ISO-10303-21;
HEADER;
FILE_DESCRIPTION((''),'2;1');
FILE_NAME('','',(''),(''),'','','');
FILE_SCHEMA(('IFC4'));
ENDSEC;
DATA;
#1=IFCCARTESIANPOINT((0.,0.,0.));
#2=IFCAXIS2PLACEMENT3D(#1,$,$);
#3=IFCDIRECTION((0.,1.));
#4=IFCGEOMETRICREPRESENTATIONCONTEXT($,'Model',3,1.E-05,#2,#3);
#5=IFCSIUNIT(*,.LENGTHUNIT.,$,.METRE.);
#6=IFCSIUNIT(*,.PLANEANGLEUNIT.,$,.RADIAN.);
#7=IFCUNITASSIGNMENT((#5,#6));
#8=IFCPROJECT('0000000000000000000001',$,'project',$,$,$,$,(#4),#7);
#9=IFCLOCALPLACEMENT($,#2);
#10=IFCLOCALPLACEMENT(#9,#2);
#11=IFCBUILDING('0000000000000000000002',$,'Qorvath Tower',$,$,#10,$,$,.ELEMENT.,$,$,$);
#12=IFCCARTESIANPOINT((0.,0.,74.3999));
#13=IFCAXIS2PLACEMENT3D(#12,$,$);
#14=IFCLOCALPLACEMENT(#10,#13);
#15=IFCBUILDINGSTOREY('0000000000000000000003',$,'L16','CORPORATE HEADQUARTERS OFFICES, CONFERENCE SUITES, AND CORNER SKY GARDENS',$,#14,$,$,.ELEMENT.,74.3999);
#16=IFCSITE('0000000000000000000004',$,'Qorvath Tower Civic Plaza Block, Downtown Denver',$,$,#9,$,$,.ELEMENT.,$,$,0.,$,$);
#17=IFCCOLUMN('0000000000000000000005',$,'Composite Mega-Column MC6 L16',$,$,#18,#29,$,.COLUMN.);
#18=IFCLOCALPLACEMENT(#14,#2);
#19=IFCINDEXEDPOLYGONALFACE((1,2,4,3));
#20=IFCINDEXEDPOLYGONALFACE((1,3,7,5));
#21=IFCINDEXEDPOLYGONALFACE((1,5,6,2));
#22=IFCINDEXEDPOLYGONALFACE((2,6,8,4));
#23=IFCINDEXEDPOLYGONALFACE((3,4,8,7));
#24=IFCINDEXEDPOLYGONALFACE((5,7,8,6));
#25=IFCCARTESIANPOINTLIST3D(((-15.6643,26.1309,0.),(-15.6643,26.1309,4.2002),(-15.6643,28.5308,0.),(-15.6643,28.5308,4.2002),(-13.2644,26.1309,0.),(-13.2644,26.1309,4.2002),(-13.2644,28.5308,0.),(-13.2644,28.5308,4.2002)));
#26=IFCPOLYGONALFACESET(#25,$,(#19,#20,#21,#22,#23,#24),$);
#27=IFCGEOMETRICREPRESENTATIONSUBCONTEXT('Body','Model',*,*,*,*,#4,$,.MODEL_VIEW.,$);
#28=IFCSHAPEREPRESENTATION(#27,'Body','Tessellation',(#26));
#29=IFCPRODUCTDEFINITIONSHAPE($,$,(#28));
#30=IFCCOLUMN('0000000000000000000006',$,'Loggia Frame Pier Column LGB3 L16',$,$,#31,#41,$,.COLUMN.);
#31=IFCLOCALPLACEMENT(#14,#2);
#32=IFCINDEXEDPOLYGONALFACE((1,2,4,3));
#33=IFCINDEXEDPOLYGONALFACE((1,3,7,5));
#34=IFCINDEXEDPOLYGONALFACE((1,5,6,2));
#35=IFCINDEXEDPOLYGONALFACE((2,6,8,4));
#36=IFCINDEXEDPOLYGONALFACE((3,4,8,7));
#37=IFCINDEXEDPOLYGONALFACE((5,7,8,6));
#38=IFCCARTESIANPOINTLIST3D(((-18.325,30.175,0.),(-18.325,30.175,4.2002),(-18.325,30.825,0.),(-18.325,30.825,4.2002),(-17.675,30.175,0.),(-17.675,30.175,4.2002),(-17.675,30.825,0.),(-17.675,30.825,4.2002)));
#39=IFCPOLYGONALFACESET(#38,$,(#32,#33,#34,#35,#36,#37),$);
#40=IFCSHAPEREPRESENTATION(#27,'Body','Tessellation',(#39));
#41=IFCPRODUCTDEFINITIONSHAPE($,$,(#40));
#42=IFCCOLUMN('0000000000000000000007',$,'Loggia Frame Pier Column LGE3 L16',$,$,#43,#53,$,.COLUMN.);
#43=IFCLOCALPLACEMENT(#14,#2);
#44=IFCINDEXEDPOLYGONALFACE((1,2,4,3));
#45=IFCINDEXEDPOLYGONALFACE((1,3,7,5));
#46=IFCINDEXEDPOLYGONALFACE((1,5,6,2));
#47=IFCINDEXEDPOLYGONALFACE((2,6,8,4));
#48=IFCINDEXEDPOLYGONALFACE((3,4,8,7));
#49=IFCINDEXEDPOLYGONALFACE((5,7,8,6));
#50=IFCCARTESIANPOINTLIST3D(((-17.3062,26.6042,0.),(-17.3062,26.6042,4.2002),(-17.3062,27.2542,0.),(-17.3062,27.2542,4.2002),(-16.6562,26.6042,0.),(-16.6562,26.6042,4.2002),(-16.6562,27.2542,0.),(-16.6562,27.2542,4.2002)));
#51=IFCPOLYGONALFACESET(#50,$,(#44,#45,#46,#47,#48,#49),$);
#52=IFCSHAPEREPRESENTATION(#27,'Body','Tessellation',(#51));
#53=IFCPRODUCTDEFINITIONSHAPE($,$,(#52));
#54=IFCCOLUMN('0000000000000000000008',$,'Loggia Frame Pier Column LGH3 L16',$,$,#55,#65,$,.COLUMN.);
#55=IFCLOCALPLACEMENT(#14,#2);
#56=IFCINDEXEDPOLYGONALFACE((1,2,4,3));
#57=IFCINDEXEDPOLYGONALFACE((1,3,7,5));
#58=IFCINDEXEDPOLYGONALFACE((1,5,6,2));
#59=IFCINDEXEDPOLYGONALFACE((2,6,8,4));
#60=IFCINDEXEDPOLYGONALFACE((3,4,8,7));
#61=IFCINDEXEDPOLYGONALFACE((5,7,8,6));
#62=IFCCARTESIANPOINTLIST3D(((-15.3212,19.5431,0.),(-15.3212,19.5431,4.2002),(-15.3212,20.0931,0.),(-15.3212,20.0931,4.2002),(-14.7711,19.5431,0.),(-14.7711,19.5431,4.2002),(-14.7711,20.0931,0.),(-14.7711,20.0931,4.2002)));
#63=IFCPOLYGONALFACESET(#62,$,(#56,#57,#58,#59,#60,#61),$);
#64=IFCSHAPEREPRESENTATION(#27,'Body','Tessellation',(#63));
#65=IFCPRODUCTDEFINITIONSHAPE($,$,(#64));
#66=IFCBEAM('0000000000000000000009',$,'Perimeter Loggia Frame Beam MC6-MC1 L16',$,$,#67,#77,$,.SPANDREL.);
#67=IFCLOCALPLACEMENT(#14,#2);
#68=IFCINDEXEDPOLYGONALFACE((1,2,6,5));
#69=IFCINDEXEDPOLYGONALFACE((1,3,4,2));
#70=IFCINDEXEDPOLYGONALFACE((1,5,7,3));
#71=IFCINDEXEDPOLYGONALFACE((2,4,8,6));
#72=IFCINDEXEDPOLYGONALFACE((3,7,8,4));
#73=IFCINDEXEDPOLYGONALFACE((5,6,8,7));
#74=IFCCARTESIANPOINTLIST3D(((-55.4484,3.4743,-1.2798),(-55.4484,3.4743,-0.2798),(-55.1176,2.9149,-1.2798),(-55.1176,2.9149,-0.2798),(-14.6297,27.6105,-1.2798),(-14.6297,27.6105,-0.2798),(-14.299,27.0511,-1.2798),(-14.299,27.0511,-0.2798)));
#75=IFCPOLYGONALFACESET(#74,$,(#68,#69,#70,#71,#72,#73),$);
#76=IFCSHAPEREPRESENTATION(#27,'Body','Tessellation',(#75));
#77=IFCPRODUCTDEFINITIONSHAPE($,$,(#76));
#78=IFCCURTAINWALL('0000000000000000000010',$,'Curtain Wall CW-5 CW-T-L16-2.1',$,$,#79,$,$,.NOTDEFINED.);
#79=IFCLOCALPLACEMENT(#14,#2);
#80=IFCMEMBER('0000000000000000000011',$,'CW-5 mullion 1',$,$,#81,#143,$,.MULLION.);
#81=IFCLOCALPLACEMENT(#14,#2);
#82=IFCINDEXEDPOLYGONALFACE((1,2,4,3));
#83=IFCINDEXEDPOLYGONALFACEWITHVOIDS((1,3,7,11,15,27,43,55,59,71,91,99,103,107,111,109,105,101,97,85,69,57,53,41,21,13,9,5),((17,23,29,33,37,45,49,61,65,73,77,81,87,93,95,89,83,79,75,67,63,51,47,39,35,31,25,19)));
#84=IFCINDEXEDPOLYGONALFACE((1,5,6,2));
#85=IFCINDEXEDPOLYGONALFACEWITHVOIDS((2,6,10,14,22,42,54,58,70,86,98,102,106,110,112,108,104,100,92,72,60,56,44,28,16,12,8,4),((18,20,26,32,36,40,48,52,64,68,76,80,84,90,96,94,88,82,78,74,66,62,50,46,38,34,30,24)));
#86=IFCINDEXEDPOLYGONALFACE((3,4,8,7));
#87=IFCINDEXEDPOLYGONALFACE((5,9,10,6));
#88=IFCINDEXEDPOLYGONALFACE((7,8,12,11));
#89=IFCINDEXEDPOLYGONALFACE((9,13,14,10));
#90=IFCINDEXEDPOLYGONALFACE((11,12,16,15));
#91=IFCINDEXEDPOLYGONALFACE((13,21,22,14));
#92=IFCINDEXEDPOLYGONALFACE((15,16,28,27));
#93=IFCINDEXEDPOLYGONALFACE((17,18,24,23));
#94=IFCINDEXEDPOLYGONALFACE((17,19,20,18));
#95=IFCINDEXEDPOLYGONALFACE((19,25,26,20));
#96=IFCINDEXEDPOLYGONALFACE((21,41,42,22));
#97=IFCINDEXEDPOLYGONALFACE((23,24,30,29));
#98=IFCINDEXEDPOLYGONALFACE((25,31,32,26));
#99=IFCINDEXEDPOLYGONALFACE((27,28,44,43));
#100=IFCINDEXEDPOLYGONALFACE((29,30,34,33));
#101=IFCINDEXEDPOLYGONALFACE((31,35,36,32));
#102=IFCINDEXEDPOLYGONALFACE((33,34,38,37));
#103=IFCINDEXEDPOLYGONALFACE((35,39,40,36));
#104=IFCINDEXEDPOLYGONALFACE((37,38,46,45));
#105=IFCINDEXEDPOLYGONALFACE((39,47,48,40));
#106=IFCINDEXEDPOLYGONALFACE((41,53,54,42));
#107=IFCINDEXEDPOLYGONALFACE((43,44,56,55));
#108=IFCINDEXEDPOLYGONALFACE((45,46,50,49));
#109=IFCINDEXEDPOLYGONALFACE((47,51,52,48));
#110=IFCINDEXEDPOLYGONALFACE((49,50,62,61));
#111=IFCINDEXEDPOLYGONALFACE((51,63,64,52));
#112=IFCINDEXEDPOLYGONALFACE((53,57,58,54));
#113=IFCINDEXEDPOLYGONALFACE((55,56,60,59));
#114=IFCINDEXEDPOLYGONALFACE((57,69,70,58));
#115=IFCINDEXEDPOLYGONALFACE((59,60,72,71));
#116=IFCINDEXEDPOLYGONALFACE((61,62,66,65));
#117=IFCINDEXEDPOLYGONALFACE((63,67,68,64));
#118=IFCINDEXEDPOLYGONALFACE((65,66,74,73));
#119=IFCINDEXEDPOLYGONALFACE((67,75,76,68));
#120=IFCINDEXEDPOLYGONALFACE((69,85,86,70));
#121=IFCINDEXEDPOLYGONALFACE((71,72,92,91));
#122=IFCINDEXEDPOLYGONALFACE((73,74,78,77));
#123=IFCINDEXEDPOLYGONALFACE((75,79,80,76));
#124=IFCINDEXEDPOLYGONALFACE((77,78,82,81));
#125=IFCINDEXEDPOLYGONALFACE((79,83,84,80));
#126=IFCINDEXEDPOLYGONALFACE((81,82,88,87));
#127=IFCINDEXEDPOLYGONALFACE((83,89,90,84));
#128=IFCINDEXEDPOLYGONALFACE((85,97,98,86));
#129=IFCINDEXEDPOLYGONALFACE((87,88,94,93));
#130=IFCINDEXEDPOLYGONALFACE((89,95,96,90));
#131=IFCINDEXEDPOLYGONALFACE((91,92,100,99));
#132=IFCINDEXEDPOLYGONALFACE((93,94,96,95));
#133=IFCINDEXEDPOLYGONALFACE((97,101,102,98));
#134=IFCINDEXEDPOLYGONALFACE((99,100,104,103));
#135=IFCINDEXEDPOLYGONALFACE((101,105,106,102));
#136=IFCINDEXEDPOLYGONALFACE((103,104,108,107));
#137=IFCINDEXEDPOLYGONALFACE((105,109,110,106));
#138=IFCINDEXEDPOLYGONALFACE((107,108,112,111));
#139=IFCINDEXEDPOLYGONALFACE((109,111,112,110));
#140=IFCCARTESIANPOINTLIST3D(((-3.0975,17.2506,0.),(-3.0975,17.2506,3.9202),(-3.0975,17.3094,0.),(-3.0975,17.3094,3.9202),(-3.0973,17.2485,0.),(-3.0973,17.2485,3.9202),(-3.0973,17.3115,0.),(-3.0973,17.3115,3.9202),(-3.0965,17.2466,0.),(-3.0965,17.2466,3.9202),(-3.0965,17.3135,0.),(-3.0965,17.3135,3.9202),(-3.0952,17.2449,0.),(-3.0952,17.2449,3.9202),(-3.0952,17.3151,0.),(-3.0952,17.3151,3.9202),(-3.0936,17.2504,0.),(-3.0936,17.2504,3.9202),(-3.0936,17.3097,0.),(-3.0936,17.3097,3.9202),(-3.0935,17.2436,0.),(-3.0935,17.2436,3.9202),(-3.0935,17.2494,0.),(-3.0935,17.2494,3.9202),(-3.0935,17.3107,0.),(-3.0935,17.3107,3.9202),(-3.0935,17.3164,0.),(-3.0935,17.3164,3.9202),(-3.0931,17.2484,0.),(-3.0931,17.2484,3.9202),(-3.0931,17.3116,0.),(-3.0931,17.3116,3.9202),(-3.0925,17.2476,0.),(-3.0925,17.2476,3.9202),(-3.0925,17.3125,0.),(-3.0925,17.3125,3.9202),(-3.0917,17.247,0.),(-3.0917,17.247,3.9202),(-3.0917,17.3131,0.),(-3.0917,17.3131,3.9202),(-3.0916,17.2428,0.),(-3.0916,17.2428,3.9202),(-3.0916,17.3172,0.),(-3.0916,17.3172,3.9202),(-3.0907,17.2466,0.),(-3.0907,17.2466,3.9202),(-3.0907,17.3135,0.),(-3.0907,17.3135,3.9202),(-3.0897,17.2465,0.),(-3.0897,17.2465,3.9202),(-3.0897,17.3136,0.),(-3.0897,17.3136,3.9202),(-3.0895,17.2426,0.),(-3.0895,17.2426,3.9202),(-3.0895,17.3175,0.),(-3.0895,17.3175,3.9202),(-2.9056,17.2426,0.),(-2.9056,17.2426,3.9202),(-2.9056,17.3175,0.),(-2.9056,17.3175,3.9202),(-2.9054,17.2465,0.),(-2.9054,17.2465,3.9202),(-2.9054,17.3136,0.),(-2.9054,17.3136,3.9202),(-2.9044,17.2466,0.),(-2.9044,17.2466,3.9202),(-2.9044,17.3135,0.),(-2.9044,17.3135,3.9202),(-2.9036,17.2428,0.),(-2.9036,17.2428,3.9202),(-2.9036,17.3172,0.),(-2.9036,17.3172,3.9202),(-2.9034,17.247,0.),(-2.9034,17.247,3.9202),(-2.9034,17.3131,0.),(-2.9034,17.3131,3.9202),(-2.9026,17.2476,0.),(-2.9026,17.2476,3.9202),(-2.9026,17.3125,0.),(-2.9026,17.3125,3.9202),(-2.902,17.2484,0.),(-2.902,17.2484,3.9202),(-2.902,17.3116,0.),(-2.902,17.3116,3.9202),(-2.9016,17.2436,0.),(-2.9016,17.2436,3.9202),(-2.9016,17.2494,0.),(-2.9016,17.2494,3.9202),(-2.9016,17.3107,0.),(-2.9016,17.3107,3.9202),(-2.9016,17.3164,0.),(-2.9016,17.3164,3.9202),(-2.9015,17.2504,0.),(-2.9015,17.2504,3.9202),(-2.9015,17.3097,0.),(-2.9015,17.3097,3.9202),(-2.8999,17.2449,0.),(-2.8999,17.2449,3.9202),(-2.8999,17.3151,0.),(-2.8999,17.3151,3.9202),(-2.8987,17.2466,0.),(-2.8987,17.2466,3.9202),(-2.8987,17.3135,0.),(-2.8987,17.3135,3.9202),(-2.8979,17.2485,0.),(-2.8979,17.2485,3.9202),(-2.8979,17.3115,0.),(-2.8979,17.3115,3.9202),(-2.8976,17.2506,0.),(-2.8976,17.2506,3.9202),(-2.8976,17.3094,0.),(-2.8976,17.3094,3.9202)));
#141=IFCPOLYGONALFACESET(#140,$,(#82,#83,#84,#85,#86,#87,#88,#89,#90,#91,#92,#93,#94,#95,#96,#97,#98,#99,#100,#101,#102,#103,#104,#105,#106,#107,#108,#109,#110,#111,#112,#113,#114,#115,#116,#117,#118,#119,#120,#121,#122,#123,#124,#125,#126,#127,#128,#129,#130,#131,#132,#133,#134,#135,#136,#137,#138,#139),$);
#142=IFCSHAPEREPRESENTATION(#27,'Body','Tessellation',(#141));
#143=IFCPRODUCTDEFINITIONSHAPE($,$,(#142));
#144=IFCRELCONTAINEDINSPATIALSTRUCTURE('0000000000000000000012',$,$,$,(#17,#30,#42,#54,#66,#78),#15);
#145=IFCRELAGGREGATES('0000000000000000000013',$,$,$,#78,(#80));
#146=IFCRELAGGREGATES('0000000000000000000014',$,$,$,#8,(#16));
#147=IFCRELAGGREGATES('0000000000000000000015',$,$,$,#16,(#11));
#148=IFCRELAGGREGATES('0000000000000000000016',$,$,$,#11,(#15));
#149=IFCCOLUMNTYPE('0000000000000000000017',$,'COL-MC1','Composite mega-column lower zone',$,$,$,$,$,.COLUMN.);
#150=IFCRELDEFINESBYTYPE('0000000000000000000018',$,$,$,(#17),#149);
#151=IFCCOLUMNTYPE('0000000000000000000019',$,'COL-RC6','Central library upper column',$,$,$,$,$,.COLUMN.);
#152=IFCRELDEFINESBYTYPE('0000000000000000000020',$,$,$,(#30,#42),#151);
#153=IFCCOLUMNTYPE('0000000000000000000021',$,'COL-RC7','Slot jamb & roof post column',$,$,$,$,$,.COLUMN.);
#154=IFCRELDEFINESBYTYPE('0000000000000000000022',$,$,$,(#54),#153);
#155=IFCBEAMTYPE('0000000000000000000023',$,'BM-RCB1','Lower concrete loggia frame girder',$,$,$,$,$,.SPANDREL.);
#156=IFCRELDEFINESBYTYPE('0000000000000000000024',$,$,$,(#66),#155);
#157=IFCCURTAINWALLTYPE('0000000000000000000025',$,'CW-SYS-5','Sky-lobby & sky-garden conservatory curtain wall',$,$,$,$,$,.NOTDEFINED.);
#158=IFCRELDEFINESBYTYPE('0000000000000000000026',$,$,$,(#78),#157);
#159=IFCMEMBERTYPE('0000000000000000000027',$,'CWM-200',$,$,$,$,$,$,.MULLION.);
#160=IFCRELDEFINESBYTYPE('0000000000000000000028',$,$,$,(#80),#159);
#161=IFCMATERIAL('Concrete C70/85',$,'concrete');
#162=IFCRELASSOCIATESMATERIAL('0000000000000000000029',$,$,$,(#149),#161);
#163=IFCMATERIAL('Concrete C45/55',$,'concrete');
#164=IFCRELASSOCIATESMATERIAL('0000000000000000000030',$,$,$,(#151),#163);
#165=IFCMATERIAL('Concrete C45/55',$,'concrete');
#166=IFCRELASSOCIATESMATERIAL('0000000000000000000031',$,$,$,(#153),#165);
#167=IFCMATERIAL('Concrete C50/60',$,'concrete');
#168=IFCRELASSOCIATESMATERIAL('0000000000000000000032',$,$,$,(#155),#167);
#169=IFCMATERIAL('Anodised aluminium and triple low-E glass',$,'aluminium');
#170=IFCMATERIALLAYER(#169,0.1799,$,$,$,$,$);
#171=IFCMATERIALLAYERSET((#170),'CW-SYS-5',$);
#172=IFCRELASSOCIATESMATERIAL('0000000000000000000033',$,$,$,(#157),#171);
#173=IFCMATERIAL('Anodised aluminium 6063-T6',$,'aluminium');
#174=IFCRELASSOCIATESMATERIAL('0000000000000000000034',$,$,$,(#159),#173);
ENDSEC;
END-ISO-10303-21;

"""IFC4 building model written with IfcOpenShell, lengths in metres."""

from ifc_helpers import new_model, si_unit, direction, frame, origin, origin_2d, place, context, subcontext, project, spatial, rectangle, hollow_rectangle, extrude, material, layer, layer_set, material_profile, profile_set, type_object, element, aggregate, save


model = new_model("IFC4")

# Units and contexts
model_context = context("Model", 3, precision=1e-05, world=origin(), true_north=direction((0.0, 1.0)))
body_context = subcontext(model_context, "Body", "Model", "MODEL_VIEW")
ifc_project = project(units=[si_unit("LENGTHUNIT", "METRE"), si_unit("PLANEANGLEUNIT", "RADIAN")], contexts=[model_context])

# Site, building, storey
site_placement = place(None, origin())
site = spatial("IfcSite", under=ifc_project, at=site_placement, Name="Qorvath Tower Civic Plaza Block, Downtown Denver", CompositionType="ELEMENT", RefElevation=0.0)
building_placement = place(site_placement, origin())
building = spatial("IfcBuilding", under=site, at=building_placement, Name="Qorvath Tower", CompositionType="ELEMENT")
storey_placement = place(building_placement, frame((0.0, 0.0, 74.3999)))
storey = spatial("IfcBuildingStorey", under=building, at=storey_placement, Name="L16", Description="CORPORATE HEADQUARTERS OFFICES, CONFERENCE SUITES, AND CORNER SKY GARDENS", CompositionType="ELEMENT", Elevation=74.3999)

# Columns
ifc_material_1 = material(Name="Concrete C70/85", Category="concrete")
ifc_material_profile_1 = material_profile(ifc_material_1, rectangle(XDim=2.3999, YDim=2.3999, at=origin_2d()), Name="MC 2400x2400")
ifc_profile_set_1 = profile_set([ifc_material_profile_1], Name="Concrete C70/85")
column_type_1 = type_object("IfcColumnType", Name="COL-MC1", Description="Composite mega-column lower zone", PredefinedType="COLUMN", material=ifc_profile_set_1)
column_1_placement = place(storey_placement, frame((-14.4644, 27.3308, 0.0), z_axis=(0.0, 0.0, 1.0), x_axis=(1.0, 0.0, 0.0)))
element("IfcColumn", 1, at=column_1_placement, inside=storey, type_object=column_type_1, Name="Composite Mega-Column MC6 L16", PredefinedType="COLUMN", context=body_context, shape_type="SweptSolid", body=[
    extrude(rectangle(XDim=2.3999, YDim=2.3999, at=origin_2d()), origin(), (0.0, 0.0, 1.0), 4.2002),
])
ifc_material_2 = material(Name="Concrete C45/55", Category="concrete")
ifc_material_profile_2 = material_profile(ifc_material_2, rectangle(XDim=0.6499, YDim=0.6499, at=origin_2d()), Name="RC 650x650")
ifc_profile_set_2 = profile_set([ifc_material_profile_2], Name="Concrete C45/55")
column_type_2 = type_object("IfcColumnType", Name="COL-RC6", Description="Central library upper column", PredefinedType="COLUMN", material=ifc_profile_set_2)
for number, where, z_axis, x_axis, name in (
    (2, (-18.0, 30.5, 0.0), (0.0, 0.0, 1.0), (1.0, 0.0, 0.0), "Loggia Frame Pier Column LGB3 L16"),
    (3, (-16.9812, 26.9292, 0.0), (0.0, 0.0, 1.0), (1.0, 0.0, 0.0), "Loggia Frame Pier Column LGE3 L16"),
):
    element("IfcColumn", number, at=place(storey_placement, frame(where, z_axis=z_axis, x_axis=x_axis)), inside=storey, type_object=column_type_2, Name=name, PredefinedType="COLUMN", context=body_context, shape_type="SweptSolid", body=[
        extrude(rectangle(XDim=0.6499, YDim=0.6499, at=origin_2d()), origin(), (0.0, 0.0, 1.0), 4.2002),
    ])
ifc_material_3 = material(Name="Concrete C45/55", Category="concrete")
ifc_material_profile_3 = material_profile(ifc_material_3, rectangle(XDim=0.55, YDim=0.55, at=origin_2d()), Name="RC 550x550")
ifc_profile_set_3 = profile_set([ifc_material_profile_3], Name="Concrete C45/55")
column_type_3 = type_object("IfcColumnType", Name="COL-RC7", Description="Slot jamb & roof post column", PredefinedType="COLUMN", material=ifc_profile_set_3)
column_2_placement = place(storey_placement, frame((-15.0461, 19.8181, 0.0), z_axis=(0.0, 0.0, 1.0), x_axis=(1.0, 0.0, 0.0)))
element("IfcColumn", 4, at=column_2_placement, inside=storey, type_object=column_type_3, Name="Loggia Frame Pier Column LGH3 L16", PredefinedType="COLUMN", context=body_context, shape_type="SweptSolid", body=[
    extrude(rectangle(XDim=0.55, YDim=0.55, at=origin_2d()), origin(), (0.0, 0.0, 1.0), 4.2002),
])

# Beam
ifc_material_4 = material(Name="Concrete C50/60", Category="concrete")
ifc_material_profile_4 = material_profile(ifc_material_4, rectangle(XDim=0.6499, YDim=1.0, at=origin_2d()), Name="RCB 1000x650")
ifc_profile_set_4 = profile_set([ifc_material_profile_4], Name="Concrete C50/60")
beam_type = type_object("IfcBeamType", Name="BM-RCB1", Description="Lower concrete loggia frame girder", PredefinedType="SPANDREL", material=ifc_profile_set_4)
beam_placement = place(storey_placement, frame((-14.4644, 27.3308, -0.7798), z_axis=(-0.860777, -0.508982, 0.0), x_axis=(0.508982, -0.860777, 0.0)))
element("IfcBeam", 5, at=beam_placement, inside=storey, type_object=beam_type, Name="Perimeter Loggia Frame Beam MC6-MC1 L16", PredefinedType="SPANDREL", context=body_context, shape_type="SweptSolid", body=[
    extrude(rectangle(XDim=0.6499, YDim=1.0, at=origin_2d()), origin(), (0.0, 0.0, 1.0), 47.4207),
])

# Curtain wall, member
ifc_material_5 = material(Name="Anodised aluminium and triple low-E glass", Category="aluminium")
ifc_layer_1 = layer(ifc_material_5, 0.1799)
ifc_layer_set_1 = layer_set([ifc_layer_1], Name="CW-SYS-5")
curtain_wall_type = type_object("IfcCurtainWallType", Name="CW-SYS-5", Description="Sky-lobby & sky-garden conservatory curtain wall", PredefinedType="NOTDEFINED", material=ifc_layer_set_1)
curtain_wall_1_placement = place(storey_placement, origin())
curtain_wall_1 = element("IfcCurtainWall", 6, at=curtain_wall_1_placement, inside=storey, type_object=curtain_wall_type, Name="Curtain Wall CW-5 CW-T-L16-2.1", PredefinedType="NOTDEFINED")
ifc_material_6 = material(Name="Anodised aluminium 6063-T6", Category="aluminium")
ifc_material_profile_5 = material_profile(ifc_material_6, hollow_rectangle(XDim=0.075, YDim=0.2, WallThickness=0.0039, InnerFilletRadius=0.0039, OuterFilletRadius=0.0081, at=origin_2d()), Name="CWM 200x75")
ifc_profile_set_5 = profile_set([ifc_material_profile_5], Name="Anodised aluminium 6063-T6")
member_type_1 = type_object("IfcMemberType", Name="CWM-200", PredefinedType="MULLION", material=ifc_profile_set_5)
member_1_placement = place(storey_placement, frame((-2.9976, 17.28, 0.0), z_axis=(0.0, 0.0, 1.0), x_axis=(0.0, -1.0, 0.0)))
member_1 = element("IfcMember", 7, at=member_1_placement, type_object=member_type_1, Name="CW-5 mullion 1", PredefinedType="MULLION", context=body_context, shape_type="SweptSolid", body=[
    extrude(hollow_rectangle(XDim=0.075, YDim=0.2, WallThickness=0.0039, InnerFilletRadius=0.0039, OuterFilletRadius=0.0081, at=origin_2d()), origin(), (0.0, 0.0, 1.0), 3.9202),
])
aggregate(curtain_wall_1, [member_1])

save(model, "model.ifc")
